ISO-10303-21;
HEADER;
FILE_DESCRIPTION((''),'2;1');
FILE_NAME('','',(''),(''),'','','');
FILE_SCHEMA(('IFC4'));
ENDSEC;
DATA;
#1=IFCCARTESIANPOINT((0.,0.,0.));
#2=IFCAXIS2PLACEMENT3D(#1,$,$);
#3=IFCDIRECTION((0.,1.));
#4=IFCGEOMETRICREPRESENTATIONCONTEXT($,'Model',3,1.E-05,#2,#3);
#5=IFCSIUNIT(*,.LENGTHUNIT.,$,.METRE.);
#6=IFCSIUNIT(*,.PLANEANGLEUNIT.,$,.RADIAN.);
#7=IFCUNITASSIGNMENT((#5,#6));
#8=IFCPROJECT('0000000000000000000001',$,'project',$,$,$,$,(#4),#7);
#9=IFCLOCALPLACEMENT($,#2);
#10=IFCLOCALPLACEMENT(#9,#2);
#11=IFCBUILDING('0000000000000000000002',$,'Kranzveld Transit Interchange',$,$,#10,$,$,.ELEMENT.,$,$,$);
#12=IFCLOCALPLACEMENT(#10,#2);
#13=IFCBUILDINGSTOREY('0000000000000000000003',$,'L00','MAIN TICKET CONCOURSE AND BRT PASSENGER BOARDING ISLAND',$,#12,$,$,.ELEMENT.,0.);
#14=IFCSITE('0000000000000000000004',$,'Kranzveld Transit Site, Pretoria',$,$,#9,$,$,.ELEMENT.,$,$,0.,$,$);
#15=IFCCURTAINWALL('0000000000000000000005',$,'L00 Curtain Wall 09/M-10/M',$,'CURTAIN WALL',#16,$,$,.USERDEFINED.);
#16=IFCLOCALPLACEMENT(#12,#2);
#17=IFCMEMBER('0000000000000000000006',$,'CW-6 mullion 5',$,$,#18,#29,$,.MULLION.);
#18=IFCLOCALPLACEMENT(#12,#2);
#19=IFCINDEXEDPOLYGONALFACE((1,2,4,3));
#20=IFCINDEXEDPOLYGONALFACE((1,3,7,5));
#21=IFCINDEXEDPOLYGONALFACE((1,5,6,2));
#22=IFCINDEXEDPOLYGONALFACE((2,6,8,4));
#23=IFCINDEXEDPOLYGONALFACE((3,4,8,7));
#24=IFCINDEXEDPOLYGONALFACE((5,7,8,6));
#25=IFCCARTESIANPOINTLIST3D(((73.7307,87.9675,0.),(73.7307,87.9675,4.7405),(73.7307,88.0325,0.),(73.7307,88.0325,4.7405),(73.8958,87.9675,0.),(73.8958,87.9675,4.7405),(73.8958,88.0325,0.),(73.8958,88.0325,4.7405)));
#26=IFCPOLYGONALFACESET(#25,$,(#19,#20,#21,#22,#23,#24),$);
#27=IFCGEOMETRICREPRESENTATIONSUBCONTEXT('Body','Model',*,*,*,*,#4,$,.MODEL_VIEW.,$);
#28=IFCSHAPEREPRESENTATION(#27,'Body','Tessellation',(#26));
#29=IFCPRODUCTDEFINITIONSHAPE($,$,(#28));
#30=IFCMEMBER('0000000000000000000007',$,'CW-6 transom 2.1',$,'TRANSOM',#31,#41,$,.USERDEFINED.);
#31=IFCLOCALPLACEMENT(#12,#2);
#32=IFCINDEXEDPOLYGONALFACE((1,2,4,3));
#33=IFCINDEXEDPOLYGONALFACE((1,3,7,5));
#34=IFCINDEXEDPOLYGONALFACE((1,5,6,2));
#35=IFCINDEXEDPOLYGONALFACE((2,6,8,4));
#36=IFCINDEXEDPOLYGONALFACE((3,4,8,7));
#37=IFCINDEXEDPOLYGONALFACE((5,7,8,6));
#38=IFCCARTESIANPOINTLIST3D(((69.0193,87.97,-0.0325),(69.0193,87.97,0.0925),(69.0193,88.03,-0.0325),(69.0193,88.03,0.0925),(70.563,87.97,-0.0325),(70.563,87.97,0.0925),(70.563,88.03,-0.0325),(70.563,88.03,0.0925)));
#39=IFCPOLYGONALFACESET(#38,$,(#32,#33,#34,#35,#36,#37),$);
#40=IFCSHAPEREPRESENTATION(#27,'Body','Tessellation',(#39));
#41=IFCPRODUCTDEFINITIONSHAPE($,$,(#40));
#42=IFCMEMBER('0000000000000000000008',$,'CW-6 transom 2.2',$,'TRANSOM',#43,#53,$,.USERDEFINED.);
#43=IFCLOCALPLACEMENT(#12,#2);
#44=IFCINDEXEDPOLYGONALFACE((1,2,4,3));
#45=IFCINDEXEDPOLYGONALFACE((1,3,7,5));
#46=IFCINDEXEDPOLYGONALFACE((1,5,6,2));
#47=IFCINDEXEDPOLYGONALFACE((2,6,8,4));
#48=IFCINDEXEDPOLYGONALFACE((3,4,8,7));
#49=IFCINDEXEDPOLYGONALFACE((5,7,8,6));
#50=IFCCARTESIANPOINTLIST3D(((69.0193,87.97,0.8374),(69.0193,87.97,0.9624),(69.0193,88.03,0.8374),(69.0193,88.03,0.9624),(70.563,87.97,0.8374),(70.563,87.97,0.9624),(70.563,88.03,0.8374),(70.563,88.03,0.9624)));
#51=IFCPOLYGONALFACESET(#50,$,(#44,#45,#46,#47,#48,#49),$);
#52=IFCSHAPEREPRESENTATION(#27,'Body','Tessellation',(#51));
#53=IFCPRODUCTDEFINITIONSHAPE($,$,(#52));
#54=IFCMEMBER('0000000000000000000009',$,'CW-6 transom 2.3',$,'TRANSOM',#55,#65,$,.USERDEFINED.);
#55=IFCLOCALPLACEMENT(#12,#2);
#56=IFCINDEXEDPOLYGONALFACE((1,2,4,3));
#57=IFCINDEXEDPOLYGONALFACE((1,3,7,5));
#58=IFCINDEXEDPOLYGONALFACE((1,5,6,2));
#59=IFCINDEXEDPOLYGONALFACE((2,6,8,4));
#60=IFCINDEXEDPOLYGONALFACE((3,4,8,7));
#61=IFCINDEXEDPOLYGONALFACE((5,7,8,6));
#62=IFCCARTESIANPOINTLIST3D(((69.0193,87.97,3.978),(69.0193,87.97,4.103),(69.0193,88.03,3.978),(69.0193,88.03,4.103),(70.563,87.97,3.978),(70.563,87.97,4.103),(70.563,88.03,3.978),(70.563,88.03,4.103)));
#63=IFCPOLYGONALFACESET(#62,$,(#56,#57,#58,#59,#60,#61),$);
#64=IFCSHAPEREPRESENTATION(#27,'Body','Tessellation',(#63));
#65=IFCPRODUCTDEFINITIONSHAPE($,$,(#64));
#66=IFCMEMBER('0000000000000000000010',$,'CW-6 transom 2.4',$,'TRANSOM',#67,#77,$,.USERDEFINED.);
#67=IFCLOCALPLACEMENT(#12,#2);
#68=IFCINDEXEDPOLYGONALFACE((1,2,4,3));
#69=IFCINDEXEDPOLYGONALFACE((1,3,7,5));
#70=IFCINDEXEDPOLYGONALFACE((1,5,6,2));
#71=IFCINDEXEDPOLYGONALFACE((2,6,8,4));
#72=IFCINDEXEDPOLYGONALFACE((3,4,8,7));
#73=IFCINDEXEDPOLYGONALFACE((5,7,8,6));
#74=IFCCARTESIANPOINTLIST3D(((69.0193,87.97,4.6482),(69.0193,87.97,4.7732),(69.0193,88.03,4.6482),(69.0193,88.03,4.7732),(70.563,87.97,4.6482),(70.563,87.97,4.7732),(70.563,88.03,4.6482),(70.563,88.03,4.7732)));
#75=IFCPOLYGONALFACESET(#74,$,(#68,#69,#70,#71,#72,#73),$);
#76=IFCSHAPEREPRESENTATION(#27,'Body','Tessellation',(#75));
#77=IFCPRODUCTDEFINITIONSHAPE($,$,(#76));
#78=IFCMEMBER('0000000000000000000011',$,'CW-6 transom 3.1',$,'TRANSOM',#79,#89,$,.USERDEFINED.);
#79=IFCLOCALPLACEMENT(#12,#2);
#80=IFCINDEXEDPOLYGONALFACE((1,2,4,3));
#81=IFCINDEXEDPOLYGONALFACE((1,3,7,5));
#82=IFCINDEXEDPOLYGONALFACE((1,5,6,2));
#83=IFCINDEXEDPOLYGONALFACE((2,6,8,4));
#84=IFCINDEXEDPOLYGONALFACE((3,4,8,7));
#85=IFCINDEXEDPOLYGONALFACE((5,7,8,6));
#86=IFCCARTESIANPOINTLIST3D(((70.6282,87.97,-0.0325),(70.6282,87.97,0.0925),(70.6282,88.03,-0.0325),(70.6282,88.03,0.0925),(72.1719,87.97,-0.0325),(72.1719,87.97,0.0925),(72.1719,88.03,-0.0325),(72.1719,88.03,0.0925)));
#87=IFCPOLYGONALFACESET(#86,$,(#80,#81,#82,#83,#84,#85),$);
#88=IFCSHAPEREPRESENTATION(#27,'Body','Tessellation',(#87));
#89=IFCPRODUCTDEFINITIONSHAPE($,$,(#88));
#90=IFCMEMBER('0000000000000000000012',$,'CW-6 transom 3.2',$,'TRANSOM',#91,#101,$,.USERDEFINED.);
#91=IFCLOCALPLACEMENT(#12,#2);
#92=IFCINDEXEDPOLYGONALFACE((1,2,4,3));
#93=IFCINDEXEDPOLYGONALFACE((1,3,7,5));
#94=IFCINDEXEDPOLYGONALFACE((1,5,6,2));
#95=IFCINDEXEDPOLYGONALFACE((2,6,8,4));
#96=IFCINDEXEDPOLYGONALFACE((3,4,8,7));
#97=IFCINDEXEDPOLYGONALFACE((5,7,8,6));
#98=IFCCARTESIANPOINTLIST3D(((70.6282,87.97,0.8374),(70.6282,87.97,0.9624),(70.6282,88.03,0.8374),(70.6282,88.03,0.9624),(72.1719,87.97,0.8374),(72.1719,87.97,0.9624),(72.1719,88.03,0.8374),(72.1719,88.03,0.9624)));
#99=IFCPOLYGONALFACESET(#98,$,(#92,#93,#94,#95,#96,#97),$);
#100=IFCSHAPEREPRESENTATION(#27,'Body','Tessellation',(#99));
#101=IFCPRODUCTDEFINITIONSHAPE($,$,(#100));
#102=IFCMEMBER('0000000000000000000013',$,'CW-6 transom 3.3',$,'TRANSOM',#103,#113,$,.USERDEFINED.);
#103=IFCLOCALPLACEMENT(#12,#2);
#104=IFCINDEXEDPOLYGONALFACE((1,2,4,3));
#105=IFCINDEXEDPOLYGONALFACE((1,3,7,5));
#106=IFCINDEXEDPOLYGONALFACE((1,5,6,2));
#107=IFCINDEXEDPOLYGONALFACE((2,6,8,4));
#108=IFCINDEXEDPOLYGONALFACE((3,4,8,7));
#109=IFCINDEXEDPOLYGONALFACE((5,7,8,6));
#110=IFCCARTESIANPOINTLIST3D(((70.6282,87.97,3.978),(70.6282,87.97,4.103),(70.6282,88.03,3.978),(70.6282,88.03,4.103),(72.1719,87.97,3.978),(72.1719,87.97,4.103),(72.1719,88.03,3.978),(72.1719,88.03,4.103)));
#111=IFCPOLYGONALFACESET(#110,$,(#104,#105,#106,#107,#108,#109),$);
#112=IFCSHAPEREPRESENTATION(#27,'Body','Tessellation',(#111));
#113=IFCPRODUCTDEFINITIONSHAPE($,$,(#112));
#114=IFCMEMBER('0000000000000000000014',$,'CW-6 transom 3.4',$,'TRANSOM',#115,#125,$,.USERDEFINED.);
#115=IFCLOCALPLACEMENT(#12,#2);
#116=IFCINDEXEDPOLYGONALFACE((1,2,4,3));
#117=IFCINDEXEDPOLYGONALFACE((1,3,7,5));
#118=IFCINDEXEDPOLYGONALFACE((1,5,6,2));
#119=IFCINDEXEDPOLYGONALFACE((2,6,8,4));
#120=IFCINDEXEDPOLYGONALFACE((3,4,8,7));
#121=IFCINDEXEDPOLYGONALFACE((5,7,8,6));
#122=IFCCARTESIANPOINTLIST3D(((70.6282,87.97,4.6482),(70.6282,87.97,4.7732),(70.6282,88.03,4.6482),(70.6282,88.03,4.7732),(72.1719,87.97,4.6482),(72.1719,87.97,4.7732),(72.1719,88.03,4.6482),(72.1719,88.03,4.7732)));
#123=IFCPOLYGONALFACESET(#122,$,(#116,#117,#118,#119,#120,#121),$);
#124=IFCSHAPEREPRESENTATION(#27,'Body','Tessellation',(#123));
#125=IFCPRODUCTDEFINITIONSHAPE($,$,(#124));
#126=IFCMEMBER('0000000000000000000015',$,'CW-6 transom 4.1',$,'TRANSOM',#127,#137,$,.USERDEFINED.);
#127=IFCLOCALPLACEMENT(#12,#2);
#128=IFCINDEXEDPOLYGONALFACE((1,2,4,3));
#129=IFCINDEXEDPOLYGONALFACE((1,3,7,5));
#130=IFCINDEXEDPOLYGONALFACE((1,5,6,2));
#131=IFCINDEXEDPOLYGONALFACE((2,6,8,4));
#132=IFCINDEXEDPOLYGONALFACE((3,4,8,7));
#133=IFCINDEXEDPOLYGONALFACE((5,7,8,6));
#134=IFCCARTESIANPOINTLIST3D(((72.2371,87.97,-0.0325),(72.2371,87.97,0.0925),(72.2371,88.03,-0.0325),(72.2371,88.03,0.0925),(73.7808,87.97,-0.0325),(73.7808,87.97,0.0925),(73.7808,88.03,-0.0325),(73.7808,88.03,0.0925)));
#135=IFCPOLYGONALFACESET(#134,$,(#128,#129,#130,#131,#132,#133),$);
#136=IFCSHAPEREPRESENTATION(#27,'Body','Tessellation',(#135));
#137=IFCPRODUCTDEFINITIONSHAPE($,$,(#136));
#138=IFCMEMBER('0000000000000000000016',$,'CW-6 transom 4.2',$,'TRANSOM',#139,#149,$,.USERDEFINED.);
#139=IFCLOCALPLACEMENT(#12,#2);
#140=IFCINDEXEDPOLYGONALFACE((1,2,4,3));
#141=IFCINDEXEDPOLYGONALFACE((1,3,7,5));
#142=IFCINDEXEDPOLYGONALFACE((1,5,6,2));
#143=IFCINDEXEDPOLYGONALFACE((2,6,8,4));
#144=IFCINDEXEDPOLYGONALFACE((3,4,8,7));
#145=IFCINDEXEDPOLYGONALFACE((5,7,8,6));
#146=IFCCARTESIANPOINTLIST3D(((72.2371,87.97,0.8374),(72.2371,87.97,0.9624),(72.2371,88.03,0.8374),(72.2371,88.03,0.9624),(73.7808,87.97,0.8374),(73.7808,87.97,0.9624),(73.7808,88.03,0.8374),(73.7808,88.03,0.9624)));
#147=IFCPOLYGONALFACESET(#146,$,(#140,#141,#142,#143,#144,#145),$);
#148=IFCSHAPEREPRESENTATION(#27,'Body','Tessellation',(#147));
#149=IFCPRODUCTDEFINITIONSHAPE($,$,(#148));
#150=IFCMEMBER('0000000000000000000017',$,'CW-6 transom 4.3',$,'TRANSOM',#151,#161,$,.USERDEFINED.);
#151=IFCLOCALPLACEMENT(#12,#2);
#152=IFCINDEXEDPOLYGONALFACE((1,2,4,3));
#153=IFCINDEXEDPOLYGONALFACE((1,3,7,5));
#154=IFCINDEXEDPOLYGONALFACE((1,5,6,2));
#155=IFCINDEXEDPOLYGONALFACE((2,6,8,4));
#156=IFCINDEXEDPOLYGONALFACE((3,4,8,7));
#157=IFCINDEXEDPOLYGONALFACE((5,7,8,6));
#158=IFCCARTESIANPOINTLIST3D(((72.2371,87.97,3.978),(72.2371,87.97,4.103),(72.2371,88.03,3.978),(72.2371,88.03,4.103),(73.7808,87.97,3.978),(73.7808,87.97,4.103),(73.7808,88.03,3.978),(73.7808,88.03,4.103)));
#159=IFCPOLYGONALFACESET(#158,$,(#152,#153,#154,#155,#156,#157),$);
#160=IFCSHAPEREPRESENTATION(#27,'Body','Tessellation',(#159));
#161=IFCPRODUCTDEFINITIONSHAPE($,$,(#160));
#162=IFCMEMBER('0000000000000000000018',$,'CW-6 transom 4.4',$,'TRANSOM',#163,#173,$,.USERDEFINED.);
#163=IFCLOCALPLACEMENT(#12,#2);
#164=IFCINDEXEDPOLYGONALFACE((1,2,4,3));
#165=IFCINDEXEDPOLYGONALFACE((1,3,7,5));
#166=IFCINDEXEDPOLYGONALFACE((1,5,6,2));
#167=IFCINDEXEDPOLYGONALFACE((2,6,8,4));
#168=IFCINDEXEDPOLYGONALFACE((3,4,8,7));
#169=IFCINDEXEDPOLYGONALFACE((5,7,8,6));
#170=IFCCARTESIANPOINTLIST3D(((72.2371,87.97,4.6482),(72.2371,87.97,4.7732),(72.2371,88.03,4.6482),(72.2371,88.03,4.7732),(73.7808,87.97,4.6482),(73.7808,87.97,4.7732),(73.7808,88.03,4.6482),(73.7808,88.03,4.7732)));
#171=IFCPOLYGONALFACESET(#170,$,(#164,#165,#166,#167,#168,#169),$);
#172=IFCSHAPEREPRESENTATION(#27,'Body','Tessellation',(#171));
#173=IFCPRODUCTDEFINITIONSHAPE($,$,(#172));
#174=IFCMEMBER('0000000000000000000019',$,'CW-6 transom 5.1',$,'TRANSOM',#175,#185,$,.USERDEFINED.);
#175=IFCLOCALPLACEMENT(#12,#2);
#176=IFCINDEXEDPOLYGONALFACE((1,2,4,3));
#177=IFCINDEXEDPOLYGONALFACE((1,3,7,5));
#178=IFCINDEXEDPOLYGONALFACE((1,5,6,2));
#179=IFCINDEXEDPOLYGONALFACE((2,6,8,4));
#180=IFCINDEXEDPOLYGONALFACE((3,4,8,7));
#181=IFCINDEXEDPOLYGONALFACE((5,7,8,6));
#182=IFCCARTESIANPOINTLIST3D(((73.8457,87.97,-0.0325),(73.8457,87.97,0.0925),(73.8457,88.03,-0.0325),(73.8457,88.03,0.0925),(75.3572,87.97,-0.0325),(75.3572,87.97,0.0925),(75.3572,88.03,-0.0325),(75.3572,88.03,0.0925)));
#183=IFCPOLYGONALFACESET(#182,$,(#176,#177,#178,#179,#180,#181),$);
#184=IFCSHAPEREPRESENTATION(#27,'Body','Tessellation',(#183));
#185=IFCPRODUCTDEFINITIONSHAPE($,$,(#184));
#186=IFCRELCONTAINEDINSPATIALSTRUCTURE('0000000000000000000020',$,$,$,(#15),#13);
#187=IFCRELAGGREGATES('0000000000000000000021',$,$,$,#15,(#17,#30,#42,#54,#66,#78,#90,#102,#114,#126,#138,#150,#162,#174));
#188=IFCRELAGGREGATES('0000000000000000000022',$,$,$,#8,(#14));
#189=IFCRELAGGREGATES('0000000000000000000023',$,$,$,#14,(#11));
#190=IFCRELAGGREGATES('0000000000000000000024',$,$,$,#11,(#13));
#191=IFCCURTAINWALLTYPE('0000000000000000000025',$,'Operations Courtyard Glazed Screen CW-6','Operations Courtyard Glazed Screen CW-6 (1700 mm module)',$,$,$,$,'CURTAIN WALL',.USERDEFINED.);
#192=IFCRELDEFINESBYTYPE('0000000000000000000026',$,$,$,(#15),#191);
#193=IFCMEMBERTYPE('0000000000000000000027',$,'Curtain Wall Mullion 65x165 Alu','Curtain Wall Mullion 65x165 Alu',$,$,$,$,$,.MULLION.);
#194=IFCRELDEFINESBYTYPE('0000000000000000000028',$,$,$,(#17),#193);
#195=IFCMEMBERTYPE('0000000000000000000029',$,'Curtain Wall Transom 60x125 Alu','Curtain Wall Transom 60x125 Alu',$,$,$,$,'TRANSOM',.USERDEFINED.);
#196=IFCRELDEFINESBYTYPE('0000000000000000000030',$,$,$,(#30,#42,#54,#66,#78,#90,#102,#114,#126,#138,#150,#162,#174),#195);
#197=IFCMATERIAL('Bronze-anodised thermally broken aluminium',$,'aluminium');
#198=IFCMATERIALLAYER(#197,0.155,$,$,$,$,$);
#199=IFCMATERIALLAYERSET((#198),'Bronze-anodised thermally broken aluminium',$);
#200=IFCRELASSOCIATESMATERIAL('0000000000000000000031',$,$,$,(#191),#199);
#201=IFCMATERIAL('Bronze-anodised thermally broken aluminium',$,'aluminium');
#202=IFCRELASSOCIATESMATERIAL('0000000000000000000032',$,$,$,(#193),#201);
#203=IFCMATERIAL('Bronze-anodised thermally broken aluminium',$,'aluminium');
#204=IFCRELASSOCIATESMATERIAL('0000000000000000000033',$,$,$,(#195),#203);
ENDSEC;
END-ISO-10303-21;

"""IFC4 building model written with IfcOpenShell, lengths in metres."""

from ifc_helpers import new_model, si_unit, direction, frame, origin, origin_2d, place, context, subcontext, project, spatial, rectangle, extrude, material, layer, layer_set, material_profile, profile_set, type_object, element, aggregate, save


model = new_model("IFC4")

# Units and contexts
model_context = context("Model", 3, precision=1e-05, world=origin(), true_north=direction((0.0, 1.0)))
body_context = subcontext(model_context, "Body", "Model", "MODEL_VIEW")
ifc_project = project(units=[si_unit("LENGTHUNIT", "METRE"), si_unit("PLANEANGLEUNIT", "RADIAN")], contexts=[model_context])

# Site, building, storey
site_placement = place(None, origin())
site = spatial("IfcSite", under=ifc_project, at=site_placement, Name="Kranzveld Transit Site, Pretoria", CompositionType="ELEMENT", RefElevation=0.0)
building_placement = place(site_placement, origin())
building = spatial("IfcBuilding", under=site, at=building_placement, Name="Kranzveld Transit Interchange", CompositionType="ELEMENT")
storey_placement = place(building_placement, origin())
storey = spatial("IfcBuildingStorey", under=building, at=storey_placement, Name="L00", Description="MAIN TICKET CONCOURSE AND BRT PASSENGER BOARDING ISLAND", CompositionType="ELEMENT", Elevation=0.0)

# Curtain wall, members
ifc_material_1 = material(Name="Bronze-anodised thermally broken aluminium", Category="aluminium")
ifc_layer_1 = layer(ifc_material_1, 0.155)
ifc_layer_set_1 = layer_set([ifc_layer_1], Name="Bronze-anodised thermally broken aluminium")
curtain_wall_type = type_object("IfcCurtainWallType", Name="Operations Courtyard Glazed Screen CW-6", Description="Operations Courtyard Glazed Screen CW-6 (1700 mm module)", ElementType="CURTAIN WALL", PredefinedType="USERDEFINED", material=ifc_layer_set_1)
curtain_wall_placement = place(storey_placement, origin())
curtain_wall = element("IfcCurtainWall", 1, at=curtain_wall_placement, inside=storey, type_object=curtain_wall_type, Name="L00 Curtain Wall 09/M-10/M", ObjectType="CURTAIN WALL", PredefinedType="USERDEFINED")
ifc_material_2 = material(Name="Bronze-anodised thermally broken aluminium", Category="aluminium")
ifc_material_profile_1 = material_profile(ifc_material_2, rectangle(XDim=0.0649, YDim=0.165, at=origin_2d()), Name="ALU MULLION 65x165")
ifc_profile_set_1 = profile_set([ifc_material_profile_1], Name="Bronze-anodised thermally broken aluminium")
member_type_1 = type_object("IfcMemberType", Name="Curtain Wall Mullion 65x165 Alu", Description="Curtain Wall Mullion 65x165 Alu", PredefinedType="MULLION", material=ifc_profile_set_1)
member_1_placement = place(storey_placement, frame((73.8132, 88.0, 0.0), z_axis=(0.0, 0.0, 1.0), x_axis=(0.0, 1.0, 0.0)))
member_1 = element("IfcMember", 2, at=member_1_placement, type_object=member_type_1, Name="CW-6 mullion 5", PredefinedType="MULLION", context=body_context, shape_type="SweptSolid", body=[
    extrude(rectangle(XDim=0.0649, YDim=0.165, at=origin_2d()), origin(), (0.0, 0.0, 1.0), 4.7405),
])
ifc_material_3 = material(Name="Bronze-anodised thermally broken aluminium", Category="aluminium")
ifc_material_profile_2 = material_profile(ifc_material_3, rectangle(XDim=0.0601, YDim=0.125, at=origin_2d()), Name="ALU TRANSOM 60x125")
ifc_profile_set_2 = profile_set([ifc_material_profile_2], Name="Bronze-anodised thermally broken aluminium")
member_type_2 = type_object("IfcMemberType", Name="Curtain Wall Transom 60x125 Alu", Description="Curtain Wall Transom 60x125 Alu", ElementType="TRANSOM", PredefinedType="USERDEFINED", material=ifc_profile_set_2)
member_2_placement = place(storey_placement, frame((69.0193, 88.0, 0.03), z_axis=(1.0, 0.0, 0.0), x_axis=(0.0, 1.0, 0.0)))
member_2 = element("IfcMember", 3, at=member_2_placement, type_object=member_type_2, Name="CW-6 transom 2.1", ObjectType="TRANSOM", PredefinedType="USERDEFINED", context=body_context, shape_type="SweptSolid", body=[
    extrude(rectangle(XDim=0.0601, YDim=0.125, at=origin_2d()), origin(), (0.0, 0.0, 1.0), 1.5437),
])
member_3_placement = place(storey_placement, frame((69.0193, 88.0, 0.8999), z_axis=(1.0, 0.0, 0.0), x_axis=(0.0, 1.0, 0.0)))
member_3 = element("IfcMember", 4, at=member_3_placement, type_object=member_type_2, Name="CW-6 transom 2.2", ObjectType="TRANSOM", PredefinedType="USERDEFINED", context=body_context, shape_type="SweptSolid", body=[
    extrude(rectangle(XDim=0.0601, YDim=0.125, at=origin_2d()), origin(), (0.0, 0.0, 1.0), 1.5437),
])
member_4_placement = place(storey_placement, frame((69.0193, 88.0, 4.0405), z_axis=(1.0, 0.0, 0.0), x_axis=(0.0, 1.0, 0.0)))
member_4 = element("IfcMember", 5, at=member_4_placement, type_object=member_type_2, Name="CW-6 transom 2.3", ObjectType="TRANSOM", PredefinedType="USERDEFINED", context=body_context, shape_type="SweptSolid", body=[
    extrude(rectangle(XDim=0.0601, YDim=0.125, at=origin_2d()), origin(), (0.0, 0.0, 1.0), 1.5437),
])
member_5_placement = place(storey_placement, frame((69.0193, 88.0, 4.7107), z_axis=(1.0, 0.0, 0.0), x_axis=(0.0, 1.0, 0.0)))
member_5 = element("IfcMember", 6, at=member_5_placement, type_object=member_type_2, Name="CW-6 transom 2.4", ObjectType="TRANSOM", PredefinedType="USERDEFINED", context=body_context, shape_type="SweptSolid", body=[
    extrude(rectangle(XDim=0.0601, YDim=0.125, at=origin_2d()), origin(), (0.0, 0.0, 1.0), 1.5437),
])
member_6_placement = place(storey_placement, frame((70.6282, 88.0, 0.03), z_axis=(1.0, 0.0, 0.0), x_axis=(0.0, 1.0, 0.0)))
member_6 = element("IfcMember", 7, at=member_6_placement, type_object=member_type_2, Name="CW-6 transom 3.1", ObjectType="TRANSOM", PredefinedType="USERDEFINED", context=body_context, shape_type="SweptSolid", body=[
    extrude(rectangle(XDim=0.0601, YDim=0.125, at=origin_2d()), origin(), (0.0, 0.0, 1.0), 1.5437),
])
member_7_placement = place(storey_placement, frame((70.6282, 88.0, 0.8999), z_axis=(1.0, 0.0, 0.0), x_axis=(0.0, 1.0, 0.0)))
member_7 = element("IfcMember", 8, at=member_7_placement, type_object=member_type_2, Name="CW-6 transom 3.2", ObjectType="TRANSOM", PredefinedType="USERDEFINED", context=body_context, shape_type="SweptSolid", body=[
    extrude(rectangle(XDim=0.0601, YDim=0.125, at=origin_2d()), origin(), (0.0, 0.0, 1.0), 1.5437),
])
member_8_placement = place(storey_placement, frame((70.6282, 88.0, 4.0405), z_axis=(1.0, 0.0, 0.0), x_axis=(0.0, 1.0, 0.0)))
member_8 = element("IfcMember", 9, at=member_8_placement, type_object=member_type_2, Name="CW-6 transom 3.3", ObjectType="TRANSOM", PredefinedType="USERDEFINED", context=body_context, shape_type="SweptSolid", body=[
    extrude(rectangle(XDim=0.0601, YDim=0.125, at=origin_2d()), origin(), (0.0, 0.0, 1.0), 1.5437),
])
member_9_placement = place(storey_placement, frame((70.6282, 88.0, 4.7107), z_axis=(1.0, 0.0, 0.0), x_axis=(0.0, 1.0, 0.0)))
member_9 = element("IfcMember", 10, at=member_9_placement, type_object=member_type_2, Name="CW-6 transom 3.4", ObjectType="TRANSOM", PredefinedType="USERDEFINED", context=body_context, shape_type="SweptSolid", body=[
    extrude(rectangle(XDim=0.0601, YDim=0.125, at=origin_2d()), origin(), (0.0, 0.0, 1.0), 1.5437),
])
member_10_placement = place(storey_placement, frame((72.2371, 88.0, 0.03), z_axis=(1.0, 0.0, 0.0), x_axis=(0.0, 1.0, 0.0)))
member_10 = element("IfcMember", 11, at=member_10_placement, type_object=member_type_2, Name="CW-6 transom 4.1", ObjectType="TRANSOM", PredefinedType="USERDEFINED", context=body_context, shape_type="SweptSolid", body=[
    extrude(rectangle(XDim=0.0601, YDim=0.125, at=origin_2d()), origin(), (0.0, 0.0, 1.0), 1.5437),
])
member_11_placement = place(storey_placement, frame((72.2371, 88.0, 0.8999), z_axis=(1.0, 0.0, 0.0), x_axis=(0.0, 1.0, 0.0)))
member_11 = element("IfcMember", 12, at=member_11_placement, type_object=member_type_2, Name="CW-6 transom 4.2", ObjectType="TRANSOM", PredefinedType="USERDEFINED", context=body_context, shape_type="SweptSolid", body=[
    extrude(rectangle(XDim=0.0601, YDim=0.125, at=origin_2d()), origin(), (0.0, 0.0, 1.0), 1.5437),
])
member_12_placement = place(storey_placement, frame((72.2371, 88.0, 4.0405), z_axis=(1.0, 0.0, 0.0), x_axis=(0.0, 1.0, 0.0)))
member_12 = element("IfcMember", 13, at=member_12_placement, type_object=member_type_2, Name="CW-6 transom 4.3", ObjectType="TRANSOM", PredefinedType="USERDEFINED", context=body_context, shape_type="SweptSolid", body=[
    extrude(rectangle(XDim=0.0601, YDim=0.125, at=origin_2d()), origin(), (0.0, 0.0, 1.0), 1.5437),
])
member_13_placement = place(storey_placement, frame((72.2371, 88.0, 4.7107), z_axis=(1.0, 0.0, 0.0), x_axis=(0.0, 1.0, 0.0)))
member_13 = element("IfcMember", 14, at=member_13_placement, type_object=member_type_2, Name="CW-6 transom 4.4", ObjectType="TRANSOM", PredefinedType="USERDEFINED", context=body_context, shape_type="SweptSolid", body=[
    extrude(rectangle(XDim=0.0601, YDim=0.125, at=origin_2d()), origin(), (0.0, 0.0, 1.0), 1.5437),
])
member_14_placement = place(storey_placement, frame((73.8457, 88.0, 0.03), z_axis=(1.0, 0.0, 0.0), x_axis=(0.0, 1.0, 0.0)))
member_14 = element("IfcMember", 15, at=member_14_placement, type_object=member_type_2, Name="CW-6 transom 5.1", ObjectType="TRANSOM", PredefinedType="USERDEFINED", context=body_context, shape_type="SweptSolid", body=[
    extrude(rectangle(XDim=0.0601, YDim=0.125, at=origin_2d()), origin(), (0.0, 0.0, 1.0), 1.5115),
])

aggregate(curtain_wall, [member_1, member_2, member_3, member_4, member_5, member_6, member_7, member_8, member_9, member_10, member_11, member_12, member_13, member_14])

save(model, "model.ifc")
